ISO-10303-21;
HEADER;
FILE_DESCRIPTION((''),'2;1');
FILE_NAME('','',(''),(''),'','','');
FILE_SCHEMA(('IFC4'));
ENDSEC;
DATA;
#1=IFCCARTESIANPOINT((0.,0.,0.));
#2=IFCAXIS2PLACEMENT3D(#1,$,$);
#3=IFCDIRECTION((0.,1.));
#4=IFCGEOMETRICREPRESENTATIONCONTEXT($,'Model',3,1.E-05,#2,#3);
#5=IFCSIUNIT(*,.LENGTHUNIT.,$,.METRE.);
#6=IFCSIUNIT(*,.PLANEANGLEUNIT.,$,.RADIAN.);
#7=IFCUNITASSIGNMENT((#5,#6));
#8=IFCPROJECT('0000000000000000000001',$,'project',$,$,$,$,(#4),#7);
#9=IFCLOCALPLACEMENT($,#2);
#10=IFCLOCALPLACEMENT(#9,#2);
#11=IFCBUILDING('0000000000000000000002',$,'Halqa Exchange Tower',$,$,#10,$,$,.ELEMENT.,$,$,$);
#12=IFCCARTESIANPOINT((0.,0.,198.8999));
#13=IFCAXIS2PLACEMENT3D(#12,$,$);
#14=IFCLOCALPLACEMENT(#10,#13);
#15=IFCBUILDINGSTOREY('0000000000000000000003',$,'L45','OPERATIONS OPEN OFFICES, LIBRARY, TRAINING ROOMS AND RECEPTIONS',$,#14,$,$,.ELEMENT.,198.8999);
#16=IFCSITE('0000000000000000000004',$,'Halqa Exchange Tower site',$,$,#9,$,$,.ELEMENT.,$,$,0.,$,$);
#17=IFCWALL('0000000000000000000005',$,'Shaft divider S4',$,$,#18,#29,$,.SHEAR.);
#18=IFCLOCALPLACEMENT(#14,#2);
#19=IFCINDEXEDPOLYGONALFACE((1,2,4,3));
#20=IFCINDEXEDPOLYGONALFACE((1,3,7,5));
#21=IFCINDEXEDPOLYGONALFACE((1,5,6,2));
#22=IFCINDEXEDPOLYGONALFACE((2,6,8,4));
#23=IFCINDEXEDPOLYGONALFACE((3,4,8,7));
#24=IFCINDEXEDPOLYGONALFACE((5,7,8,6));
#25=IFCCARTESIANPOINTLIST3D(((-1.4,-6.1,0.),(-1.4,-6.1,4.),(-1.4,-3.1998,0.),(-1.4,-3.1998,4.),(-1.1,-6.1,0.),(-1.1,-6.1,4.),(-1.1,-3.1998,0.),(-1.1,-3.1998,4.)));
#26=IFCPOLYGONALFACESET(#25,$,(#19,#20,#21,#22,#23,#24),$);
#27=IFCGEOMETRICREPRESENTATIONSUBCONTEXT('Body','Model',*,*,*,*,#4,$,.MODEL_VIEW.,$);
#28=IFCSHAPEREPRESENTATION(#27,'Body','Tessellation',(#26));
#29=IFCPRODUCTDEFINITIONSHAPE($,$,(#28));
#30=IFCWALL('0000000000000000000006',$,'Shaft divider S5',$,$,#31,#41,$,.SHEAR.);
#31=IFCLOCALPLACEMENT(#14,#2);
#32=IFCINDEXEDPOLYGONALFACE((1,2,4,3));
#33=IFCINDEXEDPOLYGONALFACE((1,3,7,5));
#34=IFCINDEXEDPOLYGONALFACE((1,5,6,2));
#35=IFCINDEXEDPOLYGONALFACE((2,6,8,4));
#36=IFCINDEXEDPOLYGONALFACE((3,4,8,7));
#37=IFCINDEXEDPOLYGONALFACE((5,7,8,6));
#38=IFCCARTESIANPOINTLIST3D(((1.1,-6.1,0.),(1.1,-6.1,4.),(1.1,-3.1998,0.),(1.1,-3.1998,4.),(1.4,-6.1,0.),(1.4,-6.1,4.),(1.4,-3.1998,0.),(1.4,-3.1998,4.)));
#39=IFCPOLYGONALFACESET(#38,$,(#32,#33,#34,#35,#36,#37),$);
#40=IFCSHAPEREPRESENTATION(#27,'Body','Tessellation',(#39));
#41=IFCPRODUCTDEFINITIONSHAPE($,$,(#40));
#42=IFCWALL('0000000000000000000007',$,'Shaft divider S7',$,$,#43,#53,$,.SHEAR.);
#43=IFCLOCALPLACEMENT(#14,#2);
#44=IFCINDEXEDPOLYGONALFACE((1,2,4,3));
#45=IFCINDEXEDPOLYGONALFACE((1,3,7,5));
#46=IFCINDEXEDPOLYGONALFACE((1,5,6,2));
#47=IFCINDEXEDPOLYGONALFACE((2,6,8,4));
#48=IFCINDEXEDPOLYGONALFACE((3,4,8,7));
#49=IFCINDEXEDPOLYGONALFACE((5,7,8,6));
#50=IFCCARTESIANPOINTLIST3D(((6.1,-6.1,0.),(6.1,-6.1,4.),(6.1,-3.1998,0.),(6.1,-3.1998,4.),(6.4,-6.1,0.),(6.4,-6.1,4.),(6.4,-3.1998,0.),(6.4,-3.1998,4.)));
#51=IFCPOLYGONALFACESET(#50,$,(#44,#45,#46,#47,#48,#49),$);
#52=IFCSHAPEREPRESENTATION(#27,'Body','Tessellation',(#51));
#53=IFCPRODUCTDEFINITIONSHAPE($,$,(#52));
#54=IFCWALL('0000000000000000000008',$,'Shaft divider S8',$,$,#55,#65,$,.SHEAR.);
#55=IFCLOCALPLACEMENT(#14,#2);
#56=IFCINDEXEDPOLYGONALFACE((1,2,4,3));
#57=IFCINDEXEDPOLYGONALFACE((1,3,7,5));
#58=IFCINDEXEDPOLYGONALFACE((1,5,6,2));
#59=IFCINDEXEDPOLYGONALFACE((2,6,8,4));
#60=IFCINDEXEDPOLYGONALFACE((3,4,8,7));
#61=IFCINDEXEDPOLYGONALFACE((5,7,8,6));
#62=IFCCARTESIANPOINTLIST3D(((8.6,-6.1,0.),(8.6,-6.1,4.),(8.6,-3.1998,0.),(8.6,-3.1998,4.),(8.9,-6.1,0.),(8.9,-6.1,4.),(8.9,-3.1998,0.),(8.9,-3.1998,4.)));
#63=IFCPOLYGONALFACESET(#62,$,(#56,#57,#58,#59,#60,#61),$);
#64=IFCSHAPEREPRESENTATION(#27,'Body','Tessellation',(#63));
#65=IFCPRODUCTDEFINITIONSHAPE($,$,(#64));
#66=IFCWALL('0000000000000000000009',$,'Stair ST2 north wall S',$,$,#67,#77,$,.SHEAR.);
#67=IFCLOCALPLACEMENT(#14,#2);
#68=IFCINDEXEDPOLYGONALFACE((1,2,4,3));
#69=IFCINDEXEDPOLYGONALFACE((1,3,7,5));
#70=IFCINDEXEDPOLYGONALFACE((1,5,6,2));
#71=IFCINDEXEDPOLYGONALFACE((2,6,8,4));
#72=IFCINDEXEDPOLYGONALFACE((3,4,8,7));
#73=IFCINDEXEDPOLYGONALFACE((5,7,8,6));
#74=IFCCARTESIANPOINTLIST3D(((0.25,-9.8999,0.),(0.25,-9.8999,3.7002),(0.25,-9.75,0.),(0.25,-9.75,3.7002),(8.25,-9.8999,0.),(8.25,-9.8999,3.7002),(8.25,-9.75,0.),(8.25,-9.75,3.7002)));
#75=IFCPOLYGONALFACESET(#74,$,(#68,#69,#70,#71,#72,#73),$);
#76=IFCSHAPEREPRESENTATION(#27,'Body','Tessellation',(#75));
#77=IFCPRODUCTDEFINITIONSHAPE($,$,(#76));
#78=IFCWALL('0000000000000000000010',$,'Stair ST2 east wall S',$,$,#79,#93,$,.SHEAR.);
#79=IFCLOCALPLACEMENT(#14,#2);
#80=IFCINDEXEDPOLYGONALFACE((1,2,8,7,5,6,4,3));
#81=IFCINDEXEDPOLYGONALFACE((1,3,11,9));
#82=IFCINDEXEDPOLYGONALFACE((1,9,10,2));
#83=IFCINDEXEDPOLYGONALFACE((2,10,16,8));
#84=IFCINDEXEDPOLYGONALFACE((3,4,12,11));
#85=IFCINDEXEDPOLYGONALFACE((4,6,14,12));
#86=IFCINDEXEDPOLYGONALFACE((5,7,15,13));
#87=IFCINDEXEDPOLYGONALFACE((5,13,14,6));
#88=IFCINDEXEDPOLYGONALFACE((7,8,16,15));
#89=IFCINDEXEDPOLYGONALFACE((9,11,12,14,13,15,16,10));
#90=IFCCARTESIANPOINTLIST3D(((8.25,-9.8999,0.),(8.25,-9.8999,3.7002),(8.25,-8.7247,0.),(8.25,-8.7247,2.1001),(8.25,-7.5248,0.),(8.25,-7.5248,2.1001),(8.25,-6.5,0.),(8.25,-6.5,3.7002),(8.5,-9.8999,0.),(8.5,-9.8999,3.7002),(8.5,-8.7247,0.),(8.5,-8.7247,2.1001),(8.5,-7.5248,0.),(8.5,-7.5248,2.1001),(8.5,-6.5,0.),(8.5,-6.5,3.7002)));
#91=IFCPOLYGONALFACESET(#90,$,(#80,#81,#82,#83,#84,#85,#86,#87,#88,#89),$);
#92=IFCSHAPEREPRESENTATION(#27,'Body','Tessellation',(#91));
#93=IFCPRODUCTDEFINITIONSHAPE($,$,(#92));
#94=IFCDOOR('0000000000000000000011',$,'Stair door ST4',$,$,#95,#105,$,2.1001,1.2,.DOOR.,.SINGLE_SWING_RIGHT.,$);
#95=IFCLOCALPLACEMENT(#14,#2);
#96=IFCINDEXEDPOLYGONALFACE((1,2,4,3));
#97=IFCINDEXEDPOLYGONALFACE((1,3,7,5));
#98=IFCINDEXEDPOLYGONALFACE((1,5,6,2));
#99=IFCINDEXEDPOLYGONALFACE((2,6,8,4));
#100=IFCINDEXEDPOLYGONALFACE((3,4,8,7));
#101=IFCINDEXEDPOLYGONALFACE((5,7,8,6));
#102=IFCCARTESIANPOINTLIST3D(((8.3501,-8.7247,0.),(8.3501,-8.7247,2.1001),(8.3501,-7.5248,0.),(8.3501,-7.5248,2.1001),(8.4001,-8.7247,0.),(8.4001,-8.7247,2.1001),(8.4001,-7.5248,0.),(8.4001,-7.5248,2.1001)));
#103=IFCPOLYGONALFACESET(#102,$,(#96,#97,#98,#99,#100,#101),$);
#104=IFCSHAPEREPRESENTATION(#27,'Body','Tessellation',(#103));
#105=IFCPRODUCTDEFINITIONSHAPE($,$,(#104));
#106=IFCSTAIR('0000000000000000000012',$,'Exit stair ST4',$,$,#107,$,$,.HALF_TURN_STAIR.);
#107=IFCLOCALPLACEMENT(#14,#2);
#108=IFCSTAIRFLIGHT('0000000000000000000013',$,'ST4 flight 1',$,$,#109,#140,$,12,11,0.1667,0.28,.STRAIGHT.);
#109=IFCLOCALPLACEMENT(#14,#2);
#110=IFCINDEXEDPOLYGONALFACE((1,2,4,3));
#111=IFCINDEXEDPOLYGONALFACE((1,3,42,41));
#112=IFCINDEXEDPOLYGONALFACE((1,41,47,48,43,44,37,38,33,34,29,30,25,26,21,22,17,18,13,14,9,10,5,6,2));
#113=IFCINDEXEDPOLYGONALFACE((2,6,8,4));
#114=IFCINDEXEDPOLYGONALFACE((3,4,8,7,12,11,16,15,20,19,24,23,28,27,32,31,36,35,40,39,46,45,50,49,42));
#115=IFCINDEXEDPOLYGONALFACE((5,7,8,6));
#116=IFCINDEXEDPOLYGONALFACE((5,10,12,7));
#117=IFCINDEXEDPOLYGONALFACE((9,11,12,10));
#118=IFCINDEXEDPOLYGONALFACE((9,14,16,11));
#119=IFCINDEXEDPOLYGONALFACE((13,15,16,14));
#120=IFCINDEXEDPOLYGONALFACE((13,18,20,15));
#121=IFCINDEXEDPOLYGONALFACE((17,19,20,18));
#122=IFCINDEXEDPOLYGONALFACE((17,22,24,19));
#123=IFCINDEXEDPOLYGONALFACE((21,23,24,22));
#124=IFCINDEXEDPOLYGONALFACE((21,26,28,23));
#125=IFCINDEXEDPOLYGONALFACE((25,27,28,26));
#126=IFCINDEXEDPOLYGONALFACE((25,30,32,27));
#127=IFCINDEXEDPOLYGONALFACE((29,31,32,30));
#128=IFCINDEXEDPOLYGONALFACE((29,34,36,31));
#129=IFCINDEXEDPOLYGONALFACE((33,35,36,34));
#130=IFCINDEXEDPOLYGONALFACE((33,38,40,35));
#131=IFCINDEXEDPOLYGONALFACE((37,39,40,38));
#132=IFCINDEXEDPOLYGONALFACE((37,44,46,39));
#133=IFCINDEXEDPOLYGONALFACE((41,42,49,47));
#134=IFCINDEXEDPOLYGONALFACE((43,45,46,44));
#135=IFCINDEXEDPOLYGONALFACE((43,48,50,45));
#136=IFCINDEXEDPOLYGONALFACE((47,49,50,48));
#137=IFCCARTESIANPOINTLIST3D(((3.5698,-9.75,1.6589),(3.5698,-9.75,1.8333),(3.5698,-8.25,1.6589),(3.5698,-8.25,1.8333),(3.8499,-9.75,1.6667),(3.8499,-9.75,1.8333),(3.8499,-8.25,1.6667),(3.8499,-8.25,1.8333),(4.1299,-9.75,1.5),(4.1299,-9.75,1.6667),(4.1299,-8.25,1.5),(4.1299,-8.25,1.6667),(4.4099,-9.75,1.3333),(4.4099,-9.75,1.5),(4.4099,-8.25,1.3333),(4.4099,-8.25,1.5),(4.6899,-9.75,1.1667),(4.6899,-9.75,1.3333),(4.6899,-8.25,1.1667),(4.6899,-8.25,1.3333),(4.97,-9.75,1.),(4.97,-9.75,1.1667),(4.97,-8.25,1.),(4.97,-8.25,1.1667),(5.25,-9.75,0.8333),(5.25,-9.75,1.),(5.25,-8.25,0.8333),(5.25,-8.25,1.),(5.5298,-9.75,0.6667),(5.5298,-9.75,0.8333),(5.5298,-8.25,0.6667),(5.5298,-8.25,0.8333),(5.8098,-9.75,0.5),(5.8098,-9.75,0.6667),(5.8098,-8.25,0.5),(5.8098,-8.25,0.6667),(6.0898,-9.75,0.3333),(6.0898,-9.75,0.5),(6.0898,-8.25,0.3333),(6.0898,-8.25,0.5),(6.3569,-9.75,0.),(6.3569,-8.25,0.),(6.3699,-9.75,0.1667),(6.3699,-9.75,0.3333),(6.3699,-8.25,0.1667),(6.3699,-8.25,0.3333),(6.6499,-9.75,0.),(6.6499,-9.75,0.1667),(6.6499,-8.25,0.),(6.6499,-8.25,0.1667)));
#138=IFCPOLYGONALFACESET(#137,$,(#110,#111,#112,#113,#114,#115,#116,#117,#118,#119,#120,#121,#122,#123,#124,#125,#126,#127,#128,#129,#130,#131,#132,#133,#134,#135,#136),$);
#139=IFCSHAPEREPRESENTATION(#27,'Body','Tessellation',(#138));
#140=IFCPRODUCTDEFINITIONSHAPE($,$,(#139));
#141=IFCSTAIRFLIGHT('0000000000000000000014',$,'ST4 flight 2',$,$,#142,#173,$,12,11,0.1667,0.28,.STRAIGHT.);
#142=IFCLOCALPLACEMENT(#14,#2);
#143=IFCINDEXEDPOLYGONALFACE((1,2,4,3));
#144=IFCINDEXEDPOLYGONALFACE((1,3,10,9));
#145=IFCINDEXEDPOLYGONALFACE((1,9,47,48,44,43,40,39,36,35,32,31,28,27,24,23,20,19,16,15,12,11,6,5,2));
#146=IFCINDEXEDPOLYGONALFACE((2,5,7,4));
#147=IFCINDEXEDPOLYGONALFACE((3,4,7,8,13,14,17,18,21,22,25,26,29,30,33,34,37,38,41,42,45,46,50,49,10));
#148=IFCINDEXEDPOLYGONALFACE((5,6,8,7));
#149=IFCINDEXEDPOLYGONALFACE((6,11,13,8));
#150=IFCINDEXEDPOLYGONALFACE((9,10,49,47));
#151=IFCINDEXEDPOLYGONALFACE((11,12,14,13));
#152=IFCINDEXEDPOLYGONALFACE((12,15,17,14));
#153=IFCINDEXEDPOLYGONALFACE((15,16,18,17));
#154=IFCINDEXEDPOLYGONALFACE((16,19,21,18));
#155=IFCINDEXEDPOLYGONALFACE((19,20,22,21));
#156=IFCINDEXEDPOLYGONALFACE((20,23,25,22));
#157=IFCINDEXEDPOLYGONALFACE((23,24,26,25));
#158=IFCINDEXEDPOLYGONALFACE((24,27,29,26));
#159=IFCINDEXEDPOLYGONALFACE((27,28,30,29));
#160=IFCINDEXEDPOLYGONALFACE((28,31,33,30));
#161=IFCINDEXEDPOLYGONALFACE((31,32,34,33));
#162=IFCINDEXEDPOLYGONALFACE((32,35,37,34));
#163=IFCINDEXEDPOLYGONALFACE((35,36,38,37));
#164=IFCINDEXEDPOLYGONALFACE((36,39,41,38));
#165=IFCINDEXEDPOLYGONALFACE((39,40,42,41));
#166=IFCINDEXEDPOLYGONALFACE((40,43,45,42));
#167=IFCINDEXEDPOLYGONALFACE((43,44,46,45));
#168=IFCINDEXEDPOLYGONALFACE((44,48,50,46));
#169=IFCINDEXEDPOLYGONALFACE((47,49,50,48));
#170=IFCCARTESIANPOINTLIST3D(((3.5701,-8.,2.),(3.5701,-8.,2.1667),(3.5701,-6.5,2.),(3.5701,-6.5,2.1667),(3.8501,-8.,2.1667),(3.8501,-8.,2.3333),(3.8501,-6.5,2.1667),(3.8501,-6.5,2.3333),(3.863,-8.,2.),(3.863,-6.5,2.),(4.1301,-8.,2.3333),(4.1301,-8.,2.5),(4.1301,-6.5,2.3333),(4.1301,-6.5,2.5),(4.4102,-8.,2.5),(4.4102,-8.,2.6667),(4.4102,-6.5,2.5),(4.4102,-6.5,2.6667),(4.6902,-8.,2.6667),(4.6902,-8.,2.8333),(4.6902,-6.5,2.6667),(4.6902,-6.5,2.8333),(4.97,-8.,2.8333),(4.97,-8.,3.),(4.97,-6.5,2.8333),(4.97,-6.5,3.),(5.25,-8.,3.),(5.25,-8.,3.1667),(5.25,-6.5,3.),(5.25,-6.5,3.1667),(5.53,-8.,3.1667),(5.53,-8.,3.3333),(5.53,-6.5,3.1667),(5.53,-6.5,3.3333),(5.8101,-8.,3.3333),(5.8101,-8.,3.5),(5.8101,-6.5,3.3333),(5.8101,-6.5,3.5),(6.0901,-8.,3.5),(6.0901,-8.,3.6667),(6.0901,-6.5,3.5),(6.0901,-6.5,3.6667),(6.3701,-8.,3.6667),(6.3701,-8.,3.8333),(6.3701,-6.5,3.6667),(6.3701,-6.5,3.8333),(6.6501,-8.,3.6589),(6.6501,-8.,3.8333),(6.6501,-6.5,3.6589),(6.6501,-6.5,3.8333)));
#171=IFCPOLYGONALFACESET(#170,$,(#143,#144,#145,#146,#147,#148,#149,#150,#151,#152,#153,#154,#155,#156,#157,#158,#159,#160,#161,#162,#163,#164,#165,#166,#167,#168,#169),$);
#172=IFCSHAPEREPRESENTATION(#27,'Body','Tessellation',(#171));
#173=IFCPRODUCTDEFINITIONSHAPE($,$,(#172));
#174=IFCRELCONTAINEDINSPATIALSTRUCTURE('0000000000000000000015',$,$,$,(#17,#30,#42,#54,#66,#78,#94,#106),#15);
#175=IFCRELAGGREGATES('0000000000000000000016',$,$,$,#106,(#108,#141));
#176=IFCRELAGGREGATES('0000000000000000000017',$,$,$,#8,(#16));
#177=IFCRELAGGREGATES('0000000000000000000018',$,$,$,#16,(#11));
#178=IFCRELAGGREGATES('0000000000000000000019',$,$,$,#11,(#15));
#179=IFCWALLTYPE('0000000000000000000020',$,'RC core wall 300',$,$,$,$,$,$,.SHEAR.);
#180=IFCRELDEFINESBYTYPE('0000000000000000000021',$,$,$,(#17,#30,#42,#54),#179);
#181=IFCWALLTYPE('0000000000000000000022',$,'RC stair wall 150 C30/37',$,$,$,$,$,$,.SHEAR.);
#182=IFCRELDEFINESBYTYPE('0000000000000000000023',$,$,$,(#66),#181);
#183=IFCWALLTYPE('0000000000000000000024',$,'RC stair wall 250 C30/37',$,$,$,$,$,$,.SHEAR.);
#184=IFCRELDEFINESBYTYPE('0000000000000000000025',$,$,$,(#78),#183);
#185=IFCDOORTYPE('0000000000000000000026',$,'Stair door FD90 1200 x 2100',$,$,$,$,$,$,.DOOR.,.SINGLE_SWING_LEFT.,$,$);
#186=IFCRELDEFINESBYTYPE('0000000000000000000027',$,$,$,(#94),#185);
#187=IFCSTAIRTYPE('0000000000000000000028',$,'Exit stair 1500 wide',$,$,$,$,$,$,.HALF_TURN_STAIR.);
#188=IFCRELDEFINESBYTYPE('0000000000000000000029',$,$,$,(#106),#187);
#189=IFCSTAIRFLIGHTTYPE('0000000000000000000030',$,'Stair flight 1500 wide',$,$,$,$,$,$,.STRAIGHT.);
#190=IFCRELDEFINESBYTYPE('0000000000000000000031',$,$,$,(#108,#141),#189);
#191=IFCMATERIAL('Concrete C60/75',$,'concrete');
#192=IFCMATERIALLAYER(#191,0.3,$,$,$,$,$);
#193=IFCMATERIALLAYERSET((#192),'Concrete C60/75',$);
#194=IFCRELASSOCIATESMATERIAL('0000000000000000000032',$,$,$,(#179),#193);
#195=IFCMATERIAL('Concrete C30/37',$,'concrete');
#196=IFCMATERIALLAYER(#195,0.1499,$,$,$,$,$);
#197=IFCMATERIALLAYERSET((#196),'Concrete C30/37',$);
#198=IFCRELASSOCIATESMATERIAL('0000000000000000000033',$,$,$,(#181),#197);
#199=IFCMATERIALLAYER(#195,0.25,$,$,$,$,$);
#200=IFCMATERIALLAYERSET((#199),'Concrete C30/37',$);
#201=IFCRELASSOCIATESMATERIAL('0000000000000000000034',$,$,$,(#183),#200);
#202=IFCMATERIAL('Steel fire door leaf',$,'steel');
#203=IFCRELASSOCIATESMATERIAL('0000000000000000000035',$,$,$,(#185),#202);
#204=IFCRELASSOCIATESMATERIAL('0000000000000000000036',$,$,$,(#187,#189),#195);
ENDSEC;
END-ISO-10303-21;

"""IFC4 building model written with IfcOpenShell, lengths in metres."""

from ifc_helpers import new_model, si_unit, direction, frame, frame_2d, origin, place, context, subcontext, project, spatial, polyline, rectangle, outline, extrude, material, layer, layer_set, type_object, element, fill, aggregate, save


model = new_model("IFC4")

# Units and contexts
model_context = context("Model", 3, precision=1e-05, world=origin(), true_north=direction((0.0, 1.0)))
body_context = subcontext(model_context, "Body", "Model", "MODEL_VIEW")
ifc_project = project(units=[si_unit("LENGTHUNIT", "METRE"), si_unit("PLANEANGLEUNIT", "RADIAN")], contexts=[model_context])

# Site, building, storey
site_placement = place(None, origin())
site = spatial("IfcSite", under=ifc_project, at=site_placement, Name="Halqa Exchange Tower site", CompositionType="ELEMENT", RefElevation=0.0)
building_placement = place(site_placement, origin())
building = spatial("IfcBuilding", under=site, at=building_placement, Name="Halqa Exchange Tower", CompositionType="ELEMENT")
storey_placement = place(building_placement, frame((0.0, 0.0, 198.8999)))
storey = spatial("IfcBuildingStorey", under=building, at=storey_placement, Name="L45", Description="OPERATIONS OPEN OFFICES, LIBRARY, TRAINING ROOMS AND RECEPTIONS", CompositionType="ELEMENT", Elevation=198.8999)

# Shared definitions
ifc_material_1 = material(Name="Concrete C60/75", Category="concrete")

# Walls
ifc_layer_1 = layer(ifc_material_1, 0.3)
ifc_layer_set_1 = layer_set([ifc_layer_1], Name="Concrete C60/75")
wall_type_1 = type_object("IfcWallType", Name="RC core wall 300", PredefinedType="SHEAR", material=ifc_layer_set_1)
for number, where, z_axis, x_axis, name in (
    (1, (-1.25, -6.1001, 0.0), (0.0, 0.0, 1.0), (0.0, 1.0, 0.0), "Shaft divider S4"),
    (2, (1.25, -6.1001, 0.0), (0.0, 0.0, 1.0), (0.0, 1.0, 0.0), "Shaft divider S5"),
    (3, (6.25, -6.1001, 0.0), (0.0, 0.0, 1.0), (0.0, 1.0, 0.0), "Shaft divider S7"),
    (4, (8.75, -6.1001, 0.0), (0.0, 0.0, 1.0), (0.0, 1.0, 0.0), "Shaft divider S8"),
):
    element("IfcWall", number, at=place(storey_placement, frame(where, z_axis=z_axis, x_axis=x_axis)), inside=storey, type_object=wall_type_1, Name=name, PredefinedType="SHEAR", context=body_context, shape_type="SweptSolid", body=[
        extrude(rectangle(XDim=2.9001, YDim=0.3, at=frame_2d((1.4502, 0.0))), origin(), (0.0, 0.0, 1.0), 4.0),
    ])
ifc_material_2 = material(Name="Concrete C30/37", Category="concrete")
ifc_layer_2 = layer(ifc_material_2, 0.1499)
ifc_layer_set_2 = layer_set([ifc_layer_2], Name="Concrete C30/37")
wall_type_2 = type_object("IfcWallType", Name="RC stair wall 150 C30/37", PredefinedType="SHEAR", material=ifc_layer_set_2)
wall_1_placement = place(storey_placement, frame((0.25, -9.825, 0.0), z_axis=(0.0, 0.0, 1.0), x_axis=(1.0, 0.0, 0.0)))
element("IfcWall", 5, at=wall_1_placement, inside=storey, type_object=wall_type_2, Name="Stair ST2 north wall S", PredefinedType="SHEAR", context=body_context, shape_type="SweptSolid", body=[
    extrude(rectangle(XDim=8.0, YDim=0.1499, at=frame_2d((4.0, 0.0))), origin(), (0.0, 0.0, 1.0), 3.7002),
])

# Wall, opening, door
ifc_layer_3 = layer(ifc_material_2, 0.25)
ifc_layer_set_3 = layer_set([ifc_layer_3], Name="Concrete C30/37")
wall_type_3 = type_object("IfcWallType", Name="RC stair wall 250 C30/37", PredefinedType="SHEAR", material=ifc_layer_set_3)
wall_2_placement = place(storey_placement, frame((8.375, -9.8999, 0.0), z_axis=(0.0, 0.0, 1.0), x_axis=(0.0, 1.0, 0.0)))
wall_2 = element("IfcWall", 6, at=wall_2_placement, inside=storey, type_object=wall_type_3, Name="Stair ST2 east wall S", PredefinedType="SHEAR", context=body_context, shape_type="SweptSolid", body=[
    extrude(rectangle(XDim=3.3999, YDim=0.25, at=frame_2d((1.7, 0.0))), origin(), (0.0, 0.0, 1.0), 3.7002),
])
opening_placement = place(wall_2_placement, frame((1.175, 0.0, 0.0)))
opening = element("IfcOpeningElement", 7, at=opening_placement, cuts=wall_2, PredefinedType="OPENING", context=body_context, shape_type="SweptSolid", body=[
    extrude(rectangle(XDim=1.2, YDim=2.1001, at=frame_2d((0.6001, 1.05))), frame((0.0, 0.137, 0.0), z_axis=(0.0, -1.0, 0.0), x_axis=(1.0, 0.0, 0.0)), (0.0, 0.0, 1.0), 0.2739),
])
ifc_material_3 = material(Name="Steel fire door leaf", Category="steel")
door_type = type_object("IfcDoorType", Name="Stair door FD90 1200 x 2100", OperationType="SINGLE_SWING_LEFT", PredefinedType="DOOR", material=ifc_material_3)
door_placement = place(opening_placement, origin())
door = element("IfcDoor", 8, at=door_placement, inside=storey, type_object=door_type, Name="Stair door ST4", OperationType="SINGLE_SWING_RIGHT", OverallHeight=2.1001, OverallWidth=1.2, PredefinedType="DOOR", context=body_context, shape_type="SweptSolid", body=[
    extrude(rectangle(XDim=1.2, YDim=2.1001, at=frame_2d((0.6001, 1.05))), frame((0.0, 0.0249, 0.0), z_axis=(0.0, -1.0, 0.0), x_axis=(1.0, 0.0, 0.0)), (0.0, 0.0, 1.0), 0.05),
])
fill(opening, door)

# Stair, stair flights
stair_type = type_object("IfcStairType", Name="Exit stair 1500 wide", PredefinedType="HALF_TURN_STAIR", material=ifc_material_2)
stair_placement = place(storey_placement, origin())
stair = element("IfcStair", 9, at=stair_placement, inside=storey, type_object=stair_type, Name="Exit stair ST4", PredefinedType="HALF_TURN_STAIR")
stair_flight_type = type_object("IfcStairFlightType", Name="Stair flight 1500 wide", PredefinedType="STRAIGHT", material=ifc_material_2)
stair_flight_1_placement = place(storey_placement, frame((6.6499, -9.0, 0.0), z_axis=(0.0, 0.0, 1.0), x_axis=(-1.0, 0.0, 0.0)))
stair_flight_1 = element("IfcStairFlight", 10, at=stair_flight_1_placement, type_object=stair_flight_type, Name="ST4 flight 1", NumberOfRisers=12, NumberOfTreads=11, PredefinedType="STRAIGHT", RiserHeight=0.1667, TreadLength=0.28, context=body_context, shape_type="SweptSolid", body=[
    extrude(outline(polyline([(0.0, 0.0), (0.0, 0.1667), (0.28, 0.1667), (0.28, 0.3333), (0.5601, 0.3333), (0.5601, 0.5), (0.8401, 0.5), (0.8401, 0.6667), (1.1201, 0.6667), (1.1201, 0.8333), (1.3999, 0.8333), (1.3999, 1.0), (1.6799, 1.0), (1.6799, 1.1667), (1.96, 1.1667), (1.96, 1.3333), (2.24, 1.3333), (2.24, 1.5), (2.52, 1.5), (2.52, 1.6667), (2.8, 1.6667), (2.8, 1.8333), (3.0801, 1.8333), (3.0801, 2.0), (3.0801, 1.6589), (0.293, 0.0), (0.0, 0.0)])), frame((0.0, 0.75, 0.0), z_axis=(0.0, -1.0, 0.0), x_axis=(1.0, 0.0, 0.0)), (0.0, 0.0, 1.0), 1.5),
])
stair_flight_2_placement = place(storey_placement, frame((3.5701, -7.25, 2.0), z_axis=(0.0, 0.0, 1.0), x_axis=(1.0, 0.0, 0.0)))
stair_flight_2 = element("IfcStairFlight", 11, at=stair_flight_2_placement, type_object=stair_flight_type, Name="ST4 flight 2", NumberOfRisers=12, NumberOfTreads=11, PredefinedType="STRAIGHT", RiserHeight=0.1667, TreadLength=0.28, context=body_context, shape_type="SweptSolid", body=[
    extrude(outline(polyline([(0.0, 0.0), (0.0, 0.1667), (0.28, 0.1667), (0.28, 0.3333), (0.5601, 0.3333), (0.5601, 0.5), (0.8401, 0.5), (0.8401, 0.6667), (1.1201, 0.6667), (1.1201, 0.8333), (1.3999, 0.8333), (1.3999, 1.0), (1.6799, 1.0), (1.6799, 1.1667), (1.96, 1.1667), (1.96, 1.3333), (2.24, 1.3333), (2.24, 1.5), (2.52, 1.5), (2.52, 1.6667), (2.8, 1.6667), (2.8, 1.8333), (3.0801, 1.8333), (3.0801, 2.0), (3.0801, 1.6589), (0.293, 0.0), (0.0, 0.0)])), frame((0.0, 0.75, 0.0), z_axis=(0.0, -1.0, 0.0), x_axis=(1.0, 0.0, 0.0)), (0.0, 0.0, 1.0), 1.5),
])
aggregate(stair, [stair_flight_1, stair_flight_2])

save(model, "model.ifc")
